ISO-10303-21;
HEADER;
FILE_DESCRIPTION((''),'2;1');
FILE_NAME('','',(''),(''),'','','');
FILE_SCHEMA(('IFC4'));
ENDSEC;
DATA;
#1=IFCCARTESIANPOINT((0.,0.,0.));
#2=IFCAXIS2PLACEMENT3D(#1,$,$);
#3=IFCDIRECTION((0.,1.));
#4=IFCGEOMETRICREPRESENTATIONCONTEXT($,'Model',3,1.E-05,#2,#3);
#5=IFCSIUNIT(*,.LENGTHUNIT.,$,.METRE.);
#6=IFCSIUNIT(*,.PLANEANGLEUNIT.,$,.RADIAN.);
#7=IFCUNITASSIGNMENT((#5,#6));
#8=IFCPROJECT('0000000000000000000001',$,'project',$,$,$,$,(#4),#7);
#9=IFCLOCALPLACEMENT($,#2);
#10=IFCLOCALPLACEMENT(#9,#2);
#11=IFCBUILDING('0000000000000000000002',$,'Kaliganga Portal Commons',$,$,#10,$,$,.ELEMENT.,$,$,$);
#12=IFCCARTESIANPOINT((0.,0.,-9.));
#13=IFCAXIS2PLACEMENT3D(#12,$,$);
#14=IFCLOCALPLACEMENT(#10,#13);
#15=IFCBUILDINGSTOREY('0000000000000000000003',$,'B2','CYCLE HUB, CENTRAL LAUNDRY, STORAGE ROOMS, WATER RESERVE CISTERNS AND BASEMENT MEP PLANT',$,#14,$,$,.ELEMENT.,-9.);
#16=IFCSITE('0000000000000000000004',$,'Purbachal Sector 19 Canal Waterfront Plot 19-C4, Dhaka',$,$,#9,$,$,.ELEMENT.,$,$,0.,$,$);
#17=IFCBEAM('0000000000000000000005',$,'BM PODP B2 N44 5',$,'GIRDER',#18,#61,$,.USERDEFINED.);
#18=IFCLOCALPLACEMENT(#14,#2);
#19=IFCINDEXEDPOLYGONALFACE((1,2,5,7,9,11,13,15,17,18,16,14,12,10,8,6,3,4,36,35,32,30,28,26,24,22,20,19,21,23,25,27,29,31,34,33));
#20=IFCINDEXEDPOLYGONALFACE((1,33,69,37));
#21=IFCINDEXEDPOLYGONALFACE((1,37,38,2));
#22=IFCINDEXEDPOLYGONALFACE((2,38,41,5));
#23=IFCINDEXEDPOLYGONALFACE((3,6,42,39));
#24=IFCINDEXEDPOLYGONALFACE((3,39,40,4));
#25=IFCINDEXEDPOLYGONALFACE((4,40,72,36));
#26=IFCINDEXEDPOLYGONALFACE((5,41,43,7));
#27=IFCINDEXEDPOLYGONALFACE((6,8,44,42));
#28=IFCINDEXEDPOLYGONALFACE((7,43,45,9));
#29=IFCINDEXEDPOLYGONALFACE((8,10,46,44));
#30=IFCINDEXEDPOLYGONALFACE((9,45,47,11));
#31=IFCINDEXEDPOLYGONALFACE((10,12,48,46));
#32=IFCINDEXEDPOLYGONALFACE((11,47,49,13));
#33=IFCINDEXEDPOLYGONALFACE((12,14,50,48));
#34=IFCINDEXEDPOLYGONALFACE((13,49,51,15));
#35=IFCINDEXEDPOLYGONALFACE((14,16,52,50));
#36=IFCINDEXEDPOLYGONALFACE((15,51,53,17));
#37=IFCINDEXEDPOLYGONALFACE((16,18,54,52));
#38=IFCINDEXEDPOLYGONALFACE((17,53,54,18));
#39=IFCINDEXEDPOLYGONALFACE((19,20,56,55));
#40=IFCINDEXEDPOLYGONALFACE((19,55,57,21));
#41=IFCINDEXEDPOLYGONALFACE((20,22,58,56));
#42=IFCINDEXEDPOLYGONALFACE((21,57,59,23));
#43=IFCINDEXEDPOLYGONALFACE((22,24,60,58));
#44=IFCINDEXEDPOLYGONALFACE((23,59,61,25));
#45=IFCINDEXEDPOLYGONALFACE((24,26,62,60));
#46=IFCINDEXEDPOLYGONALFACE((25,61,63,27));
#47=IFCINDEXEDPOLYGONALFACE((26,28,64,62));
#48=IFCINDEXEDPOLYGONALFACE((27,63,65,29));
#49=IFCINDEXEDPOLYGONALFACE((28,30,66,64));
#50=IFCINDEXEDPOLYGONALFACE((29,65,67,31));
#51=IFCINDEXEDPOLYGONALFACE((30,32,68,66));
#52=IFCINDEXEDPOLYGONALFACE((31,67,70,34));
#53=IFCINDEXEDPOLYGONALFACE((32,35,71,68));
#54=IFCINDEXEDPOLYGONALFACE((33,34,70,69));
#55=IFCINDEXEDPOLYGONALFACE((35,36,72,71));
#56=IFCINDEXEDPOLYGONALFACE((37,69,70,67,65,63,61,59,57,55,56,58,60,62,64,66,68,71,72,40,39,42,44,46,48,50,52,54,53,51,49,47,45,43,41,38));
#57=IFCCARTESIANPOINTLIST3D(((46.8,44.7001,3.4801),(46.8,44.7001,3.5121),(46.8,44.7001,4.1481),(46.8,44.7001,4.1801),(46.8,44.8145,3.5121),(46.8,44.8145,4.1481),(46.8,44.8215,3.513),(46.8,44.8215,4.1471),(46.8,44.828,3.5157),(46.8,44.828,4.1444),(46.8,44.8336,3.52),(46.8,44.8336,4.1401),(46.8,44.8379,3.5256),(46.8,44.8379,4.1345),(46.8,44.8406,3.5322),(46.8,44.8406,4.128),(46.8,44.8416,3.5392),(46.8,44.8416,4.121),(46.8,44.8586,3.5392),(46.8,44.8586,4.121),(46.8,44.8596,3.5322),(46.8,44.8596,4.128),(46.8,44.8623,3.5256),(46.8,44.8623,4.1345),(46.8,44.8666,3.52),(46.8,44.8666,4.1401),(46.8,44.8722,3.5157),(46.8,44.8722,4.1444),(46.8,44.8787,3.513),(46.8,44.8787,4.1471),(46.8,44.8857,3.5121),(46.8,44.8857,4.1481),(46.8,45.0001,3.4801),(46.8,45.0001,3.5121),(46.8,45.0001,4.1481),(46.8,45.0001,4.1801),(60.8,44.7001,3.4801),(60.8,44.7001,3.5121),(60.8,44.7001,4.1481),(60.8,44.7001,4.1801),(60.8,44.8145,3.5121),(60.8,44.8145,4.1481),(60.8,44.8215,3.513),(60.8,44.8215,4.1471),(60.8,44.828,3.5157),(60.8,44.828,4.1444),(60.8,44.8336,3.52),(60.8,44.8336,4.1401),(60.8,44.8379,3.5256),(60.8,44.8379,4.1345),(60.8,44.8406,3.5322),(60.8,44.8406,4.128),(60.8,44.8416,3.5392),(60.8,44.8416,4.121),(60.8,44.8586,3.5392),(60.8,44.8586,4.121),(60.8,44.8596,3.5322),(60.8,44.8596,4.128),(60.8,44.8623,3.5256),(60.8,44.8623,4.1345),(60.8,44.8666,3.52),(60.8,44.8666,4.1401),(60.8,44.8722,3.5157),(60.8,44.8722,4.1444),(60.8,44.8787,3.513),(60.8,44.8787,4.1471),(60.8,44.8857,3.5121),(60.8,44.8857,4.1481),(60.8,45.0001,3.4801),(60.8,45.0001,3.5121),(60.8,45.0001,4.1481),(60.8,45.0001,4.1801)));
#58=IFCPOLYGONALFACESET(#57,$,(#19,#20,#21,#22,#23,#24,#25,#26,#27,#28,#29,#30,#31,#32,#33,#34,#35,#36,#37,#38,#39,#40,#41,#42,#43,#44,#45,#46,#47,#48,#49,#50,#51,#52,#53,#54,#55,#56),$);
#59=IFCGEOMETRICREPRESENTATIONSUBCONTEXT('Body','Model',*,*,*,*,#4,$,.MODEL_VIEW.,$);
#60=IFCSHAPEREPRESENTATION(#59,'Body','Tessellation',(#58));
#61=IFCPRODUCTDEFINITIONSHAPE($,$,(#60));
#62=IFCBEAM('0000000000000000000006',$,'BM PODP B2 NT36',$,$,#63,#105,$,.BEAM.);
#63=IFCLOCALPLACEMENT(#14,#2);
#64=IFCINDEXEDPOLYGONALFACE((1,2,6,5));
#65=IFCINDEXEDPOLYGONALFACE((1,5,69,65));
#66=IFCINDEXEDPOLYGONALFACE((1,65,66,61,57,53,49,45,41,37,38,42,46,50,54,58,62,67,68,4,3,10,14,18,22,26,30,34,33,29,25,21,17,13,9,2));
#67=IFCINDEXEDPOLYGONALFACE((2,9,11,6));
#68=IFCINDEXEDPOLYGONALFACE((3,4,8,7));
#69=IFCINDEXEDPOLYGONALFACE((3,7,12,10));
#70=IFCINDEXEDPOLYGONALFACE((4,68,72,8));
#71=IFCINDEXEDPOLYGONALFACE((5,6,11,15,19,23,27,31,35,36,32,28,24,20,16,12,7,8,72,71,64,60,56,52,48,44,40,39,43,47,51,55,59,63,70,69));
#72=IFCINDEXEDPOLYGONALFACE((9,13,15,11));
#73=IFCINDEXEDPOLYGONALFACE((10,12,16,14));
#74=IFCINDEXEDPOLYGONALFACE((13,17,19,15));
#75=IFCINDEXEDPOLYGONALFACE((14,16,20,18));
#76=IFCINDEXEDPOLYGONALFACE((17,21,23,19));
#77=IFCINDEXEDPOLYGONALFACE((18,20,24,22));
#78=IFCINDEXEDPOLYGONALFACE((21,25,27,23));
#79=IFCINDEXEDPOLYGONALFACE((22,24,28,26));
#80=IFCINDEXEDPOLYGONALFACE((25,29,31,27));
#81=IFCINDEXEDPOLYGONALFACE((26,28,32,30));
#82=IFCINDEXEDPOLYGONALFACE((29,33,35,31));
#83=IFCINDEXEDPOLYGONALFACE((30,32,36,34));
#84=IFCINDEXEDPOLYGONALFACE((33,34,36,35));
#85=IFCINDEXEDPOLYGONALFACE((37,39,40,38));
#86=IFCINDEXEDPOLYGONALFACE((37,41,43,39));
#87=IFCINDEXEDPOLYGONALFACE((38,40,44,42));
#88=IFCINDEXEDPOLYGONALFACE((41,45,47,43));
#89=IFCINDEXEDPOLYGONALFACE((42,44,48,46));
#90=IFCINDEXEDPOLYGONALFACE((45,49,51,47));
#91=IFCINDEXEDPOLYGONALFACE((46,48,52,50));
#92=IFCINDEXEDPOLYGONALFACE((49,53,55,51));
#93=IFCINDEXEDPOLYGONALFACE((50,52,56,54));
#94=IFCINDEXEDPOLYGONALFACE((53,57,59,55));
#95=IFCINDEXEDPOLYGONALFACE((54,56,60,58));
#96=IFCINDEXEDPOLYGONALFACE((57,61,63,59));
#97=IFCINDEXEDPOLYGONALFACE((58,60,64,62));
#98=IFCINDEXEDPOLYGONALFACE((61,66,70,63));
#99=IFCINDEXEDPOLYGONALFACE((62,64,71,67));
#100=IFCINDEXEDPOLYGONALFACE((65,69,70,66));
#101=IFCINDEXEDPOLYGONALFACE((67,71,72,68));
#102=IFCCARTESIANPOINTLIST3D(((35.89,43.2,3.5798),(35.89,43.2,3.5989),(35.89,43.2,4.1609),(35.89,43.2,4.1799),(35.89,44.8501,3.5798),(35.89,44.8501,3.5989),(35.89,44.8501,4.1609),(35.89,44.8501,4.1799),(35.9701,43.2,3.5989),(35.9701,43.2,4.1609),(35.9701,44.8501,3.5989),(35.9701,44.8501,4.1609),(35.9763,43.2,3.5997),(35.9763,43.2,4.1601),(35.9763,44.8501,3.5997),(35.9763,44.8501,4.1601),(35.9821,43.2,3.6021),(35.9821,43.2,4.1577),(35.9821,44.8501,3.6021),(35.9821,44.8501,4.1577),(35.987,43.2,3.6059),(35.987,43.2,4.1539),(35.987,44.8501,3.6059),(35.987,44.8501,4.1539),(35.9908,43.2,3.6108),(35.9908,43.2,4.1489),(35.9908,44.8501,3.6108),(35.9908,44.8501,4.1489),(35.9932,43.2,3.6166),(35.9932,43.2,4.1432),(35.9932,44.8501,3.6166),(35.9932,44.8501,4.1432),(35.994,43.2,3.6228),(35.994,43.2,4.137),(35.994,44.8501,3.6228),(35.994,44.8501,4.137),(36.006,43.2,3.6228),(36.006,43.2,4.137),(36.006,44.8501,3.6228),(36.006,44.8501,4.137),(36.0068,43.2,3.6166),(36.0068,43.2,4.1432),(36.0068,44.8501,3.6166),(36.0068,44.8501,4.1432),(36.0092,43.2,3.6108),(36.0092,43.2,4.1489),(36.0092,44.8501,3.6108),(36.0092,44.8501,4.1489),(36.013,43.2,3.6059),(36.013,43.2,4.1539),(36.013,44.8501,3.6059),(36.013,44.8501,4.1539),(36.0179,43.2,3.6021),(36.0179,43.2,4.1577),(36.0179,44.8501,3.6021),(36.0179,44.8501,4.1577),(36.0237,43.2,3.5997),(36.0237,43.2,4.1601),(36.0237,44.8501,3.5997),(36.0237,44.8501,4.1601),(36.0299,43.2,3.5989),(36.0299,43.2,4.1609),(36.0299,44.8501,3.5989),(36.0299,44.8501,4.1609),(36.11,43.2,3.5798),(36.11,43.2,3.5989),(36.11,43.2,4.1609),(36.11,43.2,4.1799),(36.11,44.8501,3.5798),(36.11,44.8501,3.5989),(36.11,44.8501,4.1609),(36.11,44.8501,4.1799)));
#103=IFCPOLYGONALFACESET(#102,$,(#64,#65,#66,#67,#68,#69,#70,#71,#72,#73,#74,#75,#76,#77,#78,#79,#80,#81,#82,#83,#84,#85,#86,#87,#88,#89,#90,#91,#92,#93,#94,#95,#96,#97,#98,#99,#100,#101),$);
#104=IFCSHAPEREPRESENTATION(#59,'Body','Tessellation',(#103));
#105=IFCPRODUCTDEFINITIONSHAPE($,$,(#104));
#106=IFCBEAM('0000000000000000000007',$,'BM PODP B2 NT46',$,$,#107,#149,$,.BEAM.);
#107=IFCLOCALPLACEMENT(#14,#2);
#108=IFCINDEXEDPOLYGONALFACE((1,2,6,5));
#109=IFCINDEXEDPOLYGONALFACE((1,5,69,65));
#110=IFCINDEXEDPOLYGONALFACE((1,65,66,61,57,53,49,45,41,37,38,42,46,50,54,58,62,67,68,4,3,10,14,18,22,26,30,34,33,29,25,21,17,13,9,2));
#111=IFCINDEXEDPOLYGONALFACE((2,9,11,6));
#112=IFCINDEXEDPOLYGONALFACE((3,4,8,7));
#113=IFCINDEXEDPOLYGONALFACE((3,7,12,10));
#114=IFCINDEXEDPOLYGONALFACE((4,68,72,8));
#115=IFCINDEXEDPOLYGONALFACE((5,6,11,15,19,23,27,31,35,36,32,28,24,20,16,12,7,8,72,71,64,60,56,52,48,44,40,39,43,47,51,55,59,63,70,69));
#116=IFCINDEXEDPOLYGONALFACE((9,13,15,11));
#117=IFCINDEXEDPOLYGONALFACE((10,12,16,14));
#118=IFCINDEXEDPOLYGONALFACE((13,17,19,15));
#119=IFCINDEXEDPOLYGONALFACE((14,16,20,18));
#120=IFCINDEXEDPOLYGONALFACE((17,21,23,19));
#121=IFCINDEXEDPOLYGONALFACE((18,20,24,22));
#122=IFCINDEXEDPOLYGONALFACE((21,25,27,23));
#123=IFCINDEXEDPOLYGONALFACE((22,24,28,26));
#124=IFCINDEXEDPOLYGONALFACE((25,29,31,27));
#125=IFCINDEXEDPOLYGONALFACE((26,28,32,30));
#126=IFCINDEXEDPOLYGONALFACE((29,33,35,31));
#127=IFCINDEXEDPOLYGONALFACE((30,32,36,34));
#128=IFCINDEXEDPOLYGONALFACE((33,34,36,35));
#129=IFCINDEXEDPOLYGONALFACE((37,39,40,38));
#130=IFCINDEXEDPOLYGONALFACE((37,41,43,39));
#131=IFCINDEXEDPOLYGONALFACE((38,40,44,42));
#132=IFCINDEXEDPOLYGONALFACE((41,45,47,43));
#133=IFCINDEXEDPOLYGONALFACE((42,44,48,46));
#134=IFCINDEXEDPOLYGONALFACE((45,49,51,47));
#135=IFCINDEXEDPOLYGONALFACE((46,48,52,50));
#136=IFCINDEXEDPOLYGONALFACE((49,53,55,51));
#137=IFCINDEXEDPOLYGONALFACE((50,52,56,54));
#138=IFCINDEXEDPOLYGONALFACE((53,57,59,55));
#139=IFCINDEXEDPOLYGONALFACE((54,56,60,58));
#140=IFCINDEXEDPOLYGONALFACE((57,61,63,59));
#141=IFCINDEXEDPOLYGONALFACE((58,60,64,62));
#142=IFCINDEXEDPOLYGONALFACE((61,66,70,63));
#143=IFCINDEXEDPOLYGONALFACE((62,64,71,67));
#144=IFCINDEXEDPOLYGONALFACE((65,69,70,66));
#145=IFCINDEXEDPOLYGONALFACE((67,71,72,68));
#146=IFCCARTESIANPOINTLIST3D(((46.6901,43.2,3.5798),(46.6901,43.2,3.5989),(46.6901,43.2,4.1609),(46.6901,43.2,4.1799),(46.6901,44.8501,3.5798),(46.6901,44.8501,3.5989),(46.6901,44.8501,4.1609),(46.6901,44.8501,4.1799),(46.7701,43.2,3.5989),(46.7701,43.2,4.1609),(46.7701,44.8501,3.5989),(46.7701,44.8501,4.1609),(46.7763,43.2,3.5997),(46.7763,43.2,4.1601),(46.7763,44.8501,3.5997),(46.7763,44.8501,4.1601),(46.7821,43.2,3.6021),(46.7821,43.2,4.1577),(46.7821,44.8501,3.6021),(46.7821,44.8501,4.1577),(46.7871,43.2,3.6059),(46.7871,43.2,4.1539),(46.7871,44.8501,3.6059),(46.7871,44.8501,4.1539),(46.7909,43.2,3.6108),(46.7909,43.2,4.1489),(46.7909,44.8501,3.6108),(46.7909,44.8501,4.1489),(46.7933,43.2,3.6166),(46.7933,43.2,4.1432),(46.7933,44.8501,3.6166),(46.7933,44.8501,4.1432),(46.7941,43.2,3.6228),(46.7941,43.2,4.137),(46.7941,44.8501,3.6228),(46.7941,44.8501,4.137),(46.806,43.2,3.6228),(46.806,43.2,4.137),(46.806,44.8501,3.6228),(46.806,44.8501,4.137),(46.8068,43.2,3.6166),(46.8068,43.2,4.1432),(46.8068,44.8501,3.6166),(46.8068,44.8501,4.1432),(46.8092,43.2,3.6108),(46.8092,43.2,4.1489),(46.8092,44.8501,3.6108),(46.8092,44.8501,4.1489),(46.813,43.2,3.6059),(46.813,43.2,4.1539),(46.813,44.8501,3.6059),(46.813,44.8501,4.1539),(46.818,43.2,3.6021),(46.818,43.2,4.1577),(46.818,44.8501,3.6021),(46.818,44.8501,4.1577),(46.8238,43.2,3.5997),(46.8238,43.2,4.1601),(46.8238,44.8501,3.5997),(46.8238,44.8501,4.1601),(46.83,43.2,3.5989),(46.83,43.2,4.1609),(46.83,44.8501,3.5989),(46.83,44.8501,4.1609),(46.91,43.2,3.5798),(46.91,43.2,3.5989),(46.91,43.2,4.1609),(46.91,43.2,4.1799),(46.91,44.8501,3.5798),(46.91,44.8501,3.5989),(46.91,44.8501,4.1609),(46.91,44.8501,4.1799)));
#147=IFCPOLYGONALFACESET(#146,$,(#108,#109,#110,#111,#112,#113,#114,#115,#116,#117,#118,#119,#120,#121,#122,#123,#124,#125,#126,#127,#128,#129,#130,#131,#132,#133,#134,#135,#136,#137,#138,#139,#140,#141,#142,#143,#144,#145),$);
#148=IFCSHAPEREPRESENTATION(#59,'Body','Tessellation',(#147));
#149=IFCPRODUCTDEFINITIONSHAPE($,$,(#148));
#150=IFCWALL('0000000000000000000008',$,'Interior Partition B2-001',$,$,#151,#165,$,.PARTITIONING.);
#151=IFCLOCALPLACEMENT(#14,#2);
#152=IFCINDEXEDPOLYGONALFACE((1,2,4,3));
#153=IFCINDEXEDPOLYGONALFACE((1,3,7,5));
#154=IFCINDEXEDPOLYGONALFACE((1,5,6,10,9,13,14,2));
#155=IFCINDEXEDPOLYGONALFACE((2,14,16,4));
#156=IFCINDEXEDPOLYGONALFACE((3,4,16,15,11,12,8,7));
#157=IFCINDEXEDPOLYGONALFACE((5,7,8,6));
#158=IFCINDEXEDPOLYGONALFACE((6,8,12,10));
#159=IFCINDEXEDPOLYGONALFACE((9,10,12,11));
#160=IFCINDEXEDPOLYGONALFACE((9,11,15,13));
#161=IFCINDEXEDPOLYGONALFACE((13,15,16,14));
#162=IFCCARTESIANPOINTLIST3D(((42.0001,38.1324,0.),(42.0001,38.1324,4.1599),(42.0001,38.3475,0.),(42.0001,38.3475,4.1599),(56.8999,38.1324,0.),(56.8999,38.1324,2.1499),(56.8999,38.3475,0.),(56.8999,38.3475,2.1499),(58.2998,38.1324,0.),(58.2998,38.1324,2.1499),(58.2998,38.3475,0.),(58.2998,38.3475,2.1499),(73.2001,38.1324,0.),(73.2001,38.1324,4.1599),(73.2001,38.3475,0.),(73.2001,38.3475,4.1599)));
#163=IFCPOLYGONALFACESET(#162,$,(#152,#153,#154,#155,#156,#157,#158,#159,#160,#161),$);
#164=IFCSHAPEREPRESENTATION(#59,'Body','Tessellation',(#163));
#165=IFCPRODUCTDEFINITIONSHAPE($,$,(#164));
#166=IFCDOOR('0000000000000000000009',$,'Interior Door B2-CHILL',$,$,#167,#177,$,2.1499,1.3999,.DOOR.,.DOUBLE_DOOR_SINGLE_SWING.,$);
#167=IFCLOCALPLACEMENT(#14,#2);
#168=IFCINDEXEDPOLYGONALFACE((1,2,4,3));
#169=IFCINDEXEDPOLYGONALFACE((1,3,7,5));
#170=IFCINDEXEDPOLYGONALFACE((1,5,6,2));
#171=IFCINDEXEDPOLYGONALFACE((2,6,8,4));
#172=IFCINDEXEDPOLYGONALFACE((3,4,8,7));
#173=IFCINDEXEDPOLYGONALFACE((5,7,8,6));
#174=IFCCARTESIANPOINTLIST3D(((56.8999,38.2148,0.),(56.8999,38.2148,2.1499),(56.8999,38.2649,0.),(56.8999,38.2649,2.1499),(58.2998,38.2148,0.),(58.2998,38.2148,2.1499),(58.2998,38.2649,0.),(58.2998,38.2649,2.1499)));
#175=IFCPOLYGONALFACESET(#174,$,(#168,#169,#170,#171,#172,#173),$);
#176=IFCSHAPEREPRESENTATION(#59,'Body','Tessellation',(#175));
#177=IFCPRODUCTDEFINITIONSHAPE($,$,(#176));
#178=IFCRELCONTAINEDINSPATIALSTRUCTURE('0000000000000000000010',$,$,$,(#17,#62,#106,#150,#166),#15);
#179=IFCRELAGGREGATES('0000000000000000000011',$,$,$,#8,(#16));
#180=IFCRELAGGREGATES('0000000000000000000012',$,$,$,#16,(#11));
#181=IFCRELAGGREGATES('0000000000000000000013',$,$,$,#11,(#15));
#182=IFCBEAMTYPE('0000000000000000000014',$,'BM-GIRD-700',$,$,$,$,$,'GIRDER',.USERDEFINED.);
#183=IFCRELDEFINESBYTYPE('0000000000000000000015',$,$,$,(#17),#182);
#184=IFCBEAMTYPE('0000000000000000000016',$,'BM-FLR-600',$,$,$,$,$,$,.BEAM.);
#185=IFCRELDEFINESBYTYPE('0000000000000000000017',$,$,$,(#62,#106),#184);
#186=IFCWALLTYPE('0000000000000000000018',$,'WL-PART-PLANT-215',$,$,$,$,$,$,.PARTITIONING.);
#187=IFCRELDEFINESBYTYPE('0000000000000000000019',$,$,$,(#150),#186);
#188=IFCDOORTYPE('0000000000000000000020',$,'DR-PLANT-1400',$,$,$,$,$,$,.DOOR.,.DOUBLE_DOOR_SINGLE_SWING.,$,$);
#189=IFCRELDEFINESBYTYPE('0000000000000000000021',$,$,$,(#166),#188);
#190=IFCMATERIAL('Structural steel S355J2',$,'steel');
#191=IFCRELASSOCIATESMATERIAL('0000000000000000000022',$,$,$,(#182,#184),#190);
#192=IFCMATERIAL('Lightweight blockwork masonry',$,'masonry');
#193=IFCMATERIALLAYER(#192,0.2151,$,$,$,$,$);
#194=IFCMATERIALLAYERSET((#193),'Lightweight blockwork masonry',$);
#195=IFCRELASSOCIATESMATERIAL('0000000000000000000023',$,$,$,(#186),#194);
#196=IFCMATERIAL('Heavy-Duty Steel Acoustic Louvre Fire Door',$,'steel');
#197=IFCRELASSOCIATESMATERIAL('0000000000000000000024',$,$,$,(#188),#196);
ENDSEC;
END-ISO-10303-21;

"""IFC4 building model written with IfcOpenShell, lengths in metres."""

from ifc_helpers import new_model, si_unit, direction, frame, frame_2d, origin, origin_2d, place, context, subcontext, project, spatial, rectangle, i_section, extrude, source, transform, mapped, material, layer, layer_set, material_profile, profile_set, type_object, element, fill, save


model = new_model("IFC4")

# Units and contexts
model_context = context("Model", 3, precision=1e-05, world=origin(), true_north=direction((0.0, 1.0)))
body_context = subcontext(model_context, "Body", "Model", "MODEL_VIEW")
ifc_project = project(units=[si_unit("LENGTHUNIT", "METRE"), si_unit("PLANEANGLEUNIT", "RADIAN")], contexts=[model_context])

# Site, building, storey
site_placement = place(None, origin())
site = spatial("IfcSite", under=ifc_project, at=site_placement, Name="Purbachal Sector 19 Canal Waterfront Plot 19-C4, Dhaka", CompositionType="ELEMENT", RefElevation=0.0)
building_placement = place(site_placement, origin())
building = spatial("IfcBuilding", under=site, at=building_placement, Name="Kaliganga Portal Commons", CompositionType="ELEMENT")
storey_placement = place(building_placement, frame((0.0, 0.0, -9.0)))
storey = spatial("IfcBuildingStorey", under=building, at=storey_placement, Name="B2", Description="CYCLE HUB, CENTRAL LAUNDRY, STORAGE ROOMS, WATER RESERVE CISTERNS AND BASEMENT MEP PLANT", CompositionType="ELEMENT", Elevation=-9.0)

# Beams
ifc_material_1 = material(Name="Structural steel S355J2", Category="steel")
ifc_material_profile_1 = material_profile(ifc_material_1, i_section(OverallWidth=0.3, OverallDepth=0.7, WebThickness=0.0171, FlangeThickness=0.032, FilletRadius=0.0271, at=origin_2d()), Name="HE 700 B")
ifc_profile_set_1 = profile_set([ifc_material_profile_1], Name="Structural steel S355J2 wide-flange")
beam_type_1 = type_object("IfcBeamType", Name="BM-GIRD-700", ElementType="GIRDER", PredefinedType="USERDEFINED", material=ifc_profile_set_1)
ifc_material_profile_2 = material_profile(ifc_material_1, i_section(OverallWidth=0.22, OverallDepth=0.6001, WebThickness=0.012, FlangeThickness=0.019, FilletRadius=0.0239, at=origin_2d()), Name="IPE 600")
ifc_profile_set_2 = profile_set([ifc_material_profile_2], Name="Structural steel S355J2 wide-flange")
beam_type_2 = type_object("IfcBeamType", Name="BM-FLR-600", PredefinedType="BEAM", material=ifc_profile_set_2)
shared_shape_1 = source(origin(), body_context, "Body", "SweptSolid", [
    extrude(i_section(OverallWidth=0.3, OverallDepth=0.7, WebThickness=0.0171, FlangeThickness=0.032, FilletRadius=0.0271, at=origin_2d()), origin(), (0.0, 0.0, 1.0), 14.0),
])
beam_1_placement = place(storey_placement, frame((46.8, 44.8501, 3.8301), z_axis=(1.0, 0.0, 0.0), x_axis=(0.0, 1.0, 0.0)))
element("IfcBeam", 1, at=beam_1_placement, inside=storey, type_object=beam_type_1, Name="BM PODP B2 N44 5", ObjectType="GIRDER", PredefinedType="USERDEFINED", context=body_context, shape_type="MappedRepresentation", body=[
    mapped(shared_shape_1, transform((0.0, 0.0, 0.0), x_axis=(1.0, 0.0, 0.0), y_axis=(0.0, 1.0, 0.0), z_axis=(0.0, 0.0, 1.0), scale=1.0)),
])
shared_shape_2 = source(origin(), body_context, "Body", "SweptSolid", [
    extrude(i_section(OverallWidth=0.22, OverallDepth=0.6001, WebThickness=0.012, FlangeThickness=0.019, FilletRadius=0.0239, at=origin_2d()), origin(), (0.0, 0.0, 1.0), 1.6501),
])
for number, where, z_axis, x_axis, name in (
    (2, (36.0, 43.2, 3.8799), (0.0, 1.0, 0.0), (-1.0, 0.0, 0.0), "BM PODP B2 NT36"),
    (3, (46.8, 43.2, 3.8799), (0.0, 1.0, 0.0), (-1.0, 0.0, 0.0), "BM PODP B2 NT46"),
):
    element("IfcBeam", number, at=place(storey_placement, frame(where, z_axis=z_axis, x_axis=x_axis)), inside=storey, type_object=beam_type_2, Name=name, PredefinedType="BEAM", context=body_context, shape_type="MappedRepresentation", body=[
        mapped(shared_shape_2, transform((0.0, 0.0, 0.0), x_axis=(1.0, 0.0, 0.0), y_axis=(0.0, 1.0, 0.0), z_axis=(0.0, 0.0, 1.0), scale=1.0)),
    ])

# Wall, opening, door
ifc_material_2 = material(Name="Lightweight blockwork masonry", Category="masonry")
ifc_layer = layer(ifc_material_2, 0.2151)
ifc_layer_set = layer_set([ifc_layer], Name="Lightweight blockwork masonry")
wall_type = type_object("IfcWallType", Name="WL-PART-PLANT-215", PredefinedType="PARTITIONING", material=ifc_layer_set)
wall_1_placement = place(storey_placement, frame((42.0, 38.24, 0.0), z_axis=(0.0, 0.0, 1.0), x_axis=(1.0, 0.0, 0.0)))
wall_1 = element("IfcWall", 4, at=wall_1_placement, inside=storey, type_object=wall_type, Name="Interior Partition B2-001", PredefinedType="PARTITIONING", context=body_context, shape_type="SweptSolid", body=[
    extrude(rectangle(XDim=31.2, YDim=0.2151, at=frame_2d((15.6001, 0.0))), origin(), (0.0, 0.0, 1.0), 4.1599),
])
opening_placement = place(wall_1_placement, frame((14.8999, 0.0, 0.0)))
opening = element("IfcOpeningElement", 5, at=opening_placement, cuts=wall_1, PredefinedType="OPENING", context=body_context, shape_type="SweptSolid", body=[
    extrude(rectangle(XDim=1.3999, YDim=2.1499, at=frame_2d((0.7, 1.075))), frame((0.0, 0.1177, 0.0), z_axis=(0.0, -1.0, 0.0), x_axis=(1.0, 0.0, 0.0)), (0.0, 0.0, 1.0), 0.2351),
])
ifc_material_3 = material(Name="Heavy-Duty Steel Acoustic Louvre Fire Door", Category="steel")
door_type = type_object("IfcDoorType", Name="DR-PLANT-1400", OperationType="DOUBLE_DOOR_SINGLE_SWING", PredefinedType="DOOR", material=ifc_material_3)
door_placement = place(opening_placement, origin())
door = element("IfcDoor", 6, at=door_placement, inside=storey, type_object=door_type, Name="Interior Door B2-CHILL", OperationType="DOUBLE_DOOR_SINGLE_SWING", OverallHeight=2.1499, OverallWidth=1.3999, PredefinedType="DOOR", context=body_context, shape_type="SweptSolid", body=[
    extrude(rectangle(XDim=1.3999, YDim=2.1499, at=frame_2d((0.7, 1.075))), frame((0.0, 0.0249, 0.0), z_axis=(0.0, -1.0, 0.0), x_axis=(1.0, 0.0, 0.0)), (0.0, 0.0, 1.0), 0.05),
])
fill(opening, door)

save(model, "model.ifc")
